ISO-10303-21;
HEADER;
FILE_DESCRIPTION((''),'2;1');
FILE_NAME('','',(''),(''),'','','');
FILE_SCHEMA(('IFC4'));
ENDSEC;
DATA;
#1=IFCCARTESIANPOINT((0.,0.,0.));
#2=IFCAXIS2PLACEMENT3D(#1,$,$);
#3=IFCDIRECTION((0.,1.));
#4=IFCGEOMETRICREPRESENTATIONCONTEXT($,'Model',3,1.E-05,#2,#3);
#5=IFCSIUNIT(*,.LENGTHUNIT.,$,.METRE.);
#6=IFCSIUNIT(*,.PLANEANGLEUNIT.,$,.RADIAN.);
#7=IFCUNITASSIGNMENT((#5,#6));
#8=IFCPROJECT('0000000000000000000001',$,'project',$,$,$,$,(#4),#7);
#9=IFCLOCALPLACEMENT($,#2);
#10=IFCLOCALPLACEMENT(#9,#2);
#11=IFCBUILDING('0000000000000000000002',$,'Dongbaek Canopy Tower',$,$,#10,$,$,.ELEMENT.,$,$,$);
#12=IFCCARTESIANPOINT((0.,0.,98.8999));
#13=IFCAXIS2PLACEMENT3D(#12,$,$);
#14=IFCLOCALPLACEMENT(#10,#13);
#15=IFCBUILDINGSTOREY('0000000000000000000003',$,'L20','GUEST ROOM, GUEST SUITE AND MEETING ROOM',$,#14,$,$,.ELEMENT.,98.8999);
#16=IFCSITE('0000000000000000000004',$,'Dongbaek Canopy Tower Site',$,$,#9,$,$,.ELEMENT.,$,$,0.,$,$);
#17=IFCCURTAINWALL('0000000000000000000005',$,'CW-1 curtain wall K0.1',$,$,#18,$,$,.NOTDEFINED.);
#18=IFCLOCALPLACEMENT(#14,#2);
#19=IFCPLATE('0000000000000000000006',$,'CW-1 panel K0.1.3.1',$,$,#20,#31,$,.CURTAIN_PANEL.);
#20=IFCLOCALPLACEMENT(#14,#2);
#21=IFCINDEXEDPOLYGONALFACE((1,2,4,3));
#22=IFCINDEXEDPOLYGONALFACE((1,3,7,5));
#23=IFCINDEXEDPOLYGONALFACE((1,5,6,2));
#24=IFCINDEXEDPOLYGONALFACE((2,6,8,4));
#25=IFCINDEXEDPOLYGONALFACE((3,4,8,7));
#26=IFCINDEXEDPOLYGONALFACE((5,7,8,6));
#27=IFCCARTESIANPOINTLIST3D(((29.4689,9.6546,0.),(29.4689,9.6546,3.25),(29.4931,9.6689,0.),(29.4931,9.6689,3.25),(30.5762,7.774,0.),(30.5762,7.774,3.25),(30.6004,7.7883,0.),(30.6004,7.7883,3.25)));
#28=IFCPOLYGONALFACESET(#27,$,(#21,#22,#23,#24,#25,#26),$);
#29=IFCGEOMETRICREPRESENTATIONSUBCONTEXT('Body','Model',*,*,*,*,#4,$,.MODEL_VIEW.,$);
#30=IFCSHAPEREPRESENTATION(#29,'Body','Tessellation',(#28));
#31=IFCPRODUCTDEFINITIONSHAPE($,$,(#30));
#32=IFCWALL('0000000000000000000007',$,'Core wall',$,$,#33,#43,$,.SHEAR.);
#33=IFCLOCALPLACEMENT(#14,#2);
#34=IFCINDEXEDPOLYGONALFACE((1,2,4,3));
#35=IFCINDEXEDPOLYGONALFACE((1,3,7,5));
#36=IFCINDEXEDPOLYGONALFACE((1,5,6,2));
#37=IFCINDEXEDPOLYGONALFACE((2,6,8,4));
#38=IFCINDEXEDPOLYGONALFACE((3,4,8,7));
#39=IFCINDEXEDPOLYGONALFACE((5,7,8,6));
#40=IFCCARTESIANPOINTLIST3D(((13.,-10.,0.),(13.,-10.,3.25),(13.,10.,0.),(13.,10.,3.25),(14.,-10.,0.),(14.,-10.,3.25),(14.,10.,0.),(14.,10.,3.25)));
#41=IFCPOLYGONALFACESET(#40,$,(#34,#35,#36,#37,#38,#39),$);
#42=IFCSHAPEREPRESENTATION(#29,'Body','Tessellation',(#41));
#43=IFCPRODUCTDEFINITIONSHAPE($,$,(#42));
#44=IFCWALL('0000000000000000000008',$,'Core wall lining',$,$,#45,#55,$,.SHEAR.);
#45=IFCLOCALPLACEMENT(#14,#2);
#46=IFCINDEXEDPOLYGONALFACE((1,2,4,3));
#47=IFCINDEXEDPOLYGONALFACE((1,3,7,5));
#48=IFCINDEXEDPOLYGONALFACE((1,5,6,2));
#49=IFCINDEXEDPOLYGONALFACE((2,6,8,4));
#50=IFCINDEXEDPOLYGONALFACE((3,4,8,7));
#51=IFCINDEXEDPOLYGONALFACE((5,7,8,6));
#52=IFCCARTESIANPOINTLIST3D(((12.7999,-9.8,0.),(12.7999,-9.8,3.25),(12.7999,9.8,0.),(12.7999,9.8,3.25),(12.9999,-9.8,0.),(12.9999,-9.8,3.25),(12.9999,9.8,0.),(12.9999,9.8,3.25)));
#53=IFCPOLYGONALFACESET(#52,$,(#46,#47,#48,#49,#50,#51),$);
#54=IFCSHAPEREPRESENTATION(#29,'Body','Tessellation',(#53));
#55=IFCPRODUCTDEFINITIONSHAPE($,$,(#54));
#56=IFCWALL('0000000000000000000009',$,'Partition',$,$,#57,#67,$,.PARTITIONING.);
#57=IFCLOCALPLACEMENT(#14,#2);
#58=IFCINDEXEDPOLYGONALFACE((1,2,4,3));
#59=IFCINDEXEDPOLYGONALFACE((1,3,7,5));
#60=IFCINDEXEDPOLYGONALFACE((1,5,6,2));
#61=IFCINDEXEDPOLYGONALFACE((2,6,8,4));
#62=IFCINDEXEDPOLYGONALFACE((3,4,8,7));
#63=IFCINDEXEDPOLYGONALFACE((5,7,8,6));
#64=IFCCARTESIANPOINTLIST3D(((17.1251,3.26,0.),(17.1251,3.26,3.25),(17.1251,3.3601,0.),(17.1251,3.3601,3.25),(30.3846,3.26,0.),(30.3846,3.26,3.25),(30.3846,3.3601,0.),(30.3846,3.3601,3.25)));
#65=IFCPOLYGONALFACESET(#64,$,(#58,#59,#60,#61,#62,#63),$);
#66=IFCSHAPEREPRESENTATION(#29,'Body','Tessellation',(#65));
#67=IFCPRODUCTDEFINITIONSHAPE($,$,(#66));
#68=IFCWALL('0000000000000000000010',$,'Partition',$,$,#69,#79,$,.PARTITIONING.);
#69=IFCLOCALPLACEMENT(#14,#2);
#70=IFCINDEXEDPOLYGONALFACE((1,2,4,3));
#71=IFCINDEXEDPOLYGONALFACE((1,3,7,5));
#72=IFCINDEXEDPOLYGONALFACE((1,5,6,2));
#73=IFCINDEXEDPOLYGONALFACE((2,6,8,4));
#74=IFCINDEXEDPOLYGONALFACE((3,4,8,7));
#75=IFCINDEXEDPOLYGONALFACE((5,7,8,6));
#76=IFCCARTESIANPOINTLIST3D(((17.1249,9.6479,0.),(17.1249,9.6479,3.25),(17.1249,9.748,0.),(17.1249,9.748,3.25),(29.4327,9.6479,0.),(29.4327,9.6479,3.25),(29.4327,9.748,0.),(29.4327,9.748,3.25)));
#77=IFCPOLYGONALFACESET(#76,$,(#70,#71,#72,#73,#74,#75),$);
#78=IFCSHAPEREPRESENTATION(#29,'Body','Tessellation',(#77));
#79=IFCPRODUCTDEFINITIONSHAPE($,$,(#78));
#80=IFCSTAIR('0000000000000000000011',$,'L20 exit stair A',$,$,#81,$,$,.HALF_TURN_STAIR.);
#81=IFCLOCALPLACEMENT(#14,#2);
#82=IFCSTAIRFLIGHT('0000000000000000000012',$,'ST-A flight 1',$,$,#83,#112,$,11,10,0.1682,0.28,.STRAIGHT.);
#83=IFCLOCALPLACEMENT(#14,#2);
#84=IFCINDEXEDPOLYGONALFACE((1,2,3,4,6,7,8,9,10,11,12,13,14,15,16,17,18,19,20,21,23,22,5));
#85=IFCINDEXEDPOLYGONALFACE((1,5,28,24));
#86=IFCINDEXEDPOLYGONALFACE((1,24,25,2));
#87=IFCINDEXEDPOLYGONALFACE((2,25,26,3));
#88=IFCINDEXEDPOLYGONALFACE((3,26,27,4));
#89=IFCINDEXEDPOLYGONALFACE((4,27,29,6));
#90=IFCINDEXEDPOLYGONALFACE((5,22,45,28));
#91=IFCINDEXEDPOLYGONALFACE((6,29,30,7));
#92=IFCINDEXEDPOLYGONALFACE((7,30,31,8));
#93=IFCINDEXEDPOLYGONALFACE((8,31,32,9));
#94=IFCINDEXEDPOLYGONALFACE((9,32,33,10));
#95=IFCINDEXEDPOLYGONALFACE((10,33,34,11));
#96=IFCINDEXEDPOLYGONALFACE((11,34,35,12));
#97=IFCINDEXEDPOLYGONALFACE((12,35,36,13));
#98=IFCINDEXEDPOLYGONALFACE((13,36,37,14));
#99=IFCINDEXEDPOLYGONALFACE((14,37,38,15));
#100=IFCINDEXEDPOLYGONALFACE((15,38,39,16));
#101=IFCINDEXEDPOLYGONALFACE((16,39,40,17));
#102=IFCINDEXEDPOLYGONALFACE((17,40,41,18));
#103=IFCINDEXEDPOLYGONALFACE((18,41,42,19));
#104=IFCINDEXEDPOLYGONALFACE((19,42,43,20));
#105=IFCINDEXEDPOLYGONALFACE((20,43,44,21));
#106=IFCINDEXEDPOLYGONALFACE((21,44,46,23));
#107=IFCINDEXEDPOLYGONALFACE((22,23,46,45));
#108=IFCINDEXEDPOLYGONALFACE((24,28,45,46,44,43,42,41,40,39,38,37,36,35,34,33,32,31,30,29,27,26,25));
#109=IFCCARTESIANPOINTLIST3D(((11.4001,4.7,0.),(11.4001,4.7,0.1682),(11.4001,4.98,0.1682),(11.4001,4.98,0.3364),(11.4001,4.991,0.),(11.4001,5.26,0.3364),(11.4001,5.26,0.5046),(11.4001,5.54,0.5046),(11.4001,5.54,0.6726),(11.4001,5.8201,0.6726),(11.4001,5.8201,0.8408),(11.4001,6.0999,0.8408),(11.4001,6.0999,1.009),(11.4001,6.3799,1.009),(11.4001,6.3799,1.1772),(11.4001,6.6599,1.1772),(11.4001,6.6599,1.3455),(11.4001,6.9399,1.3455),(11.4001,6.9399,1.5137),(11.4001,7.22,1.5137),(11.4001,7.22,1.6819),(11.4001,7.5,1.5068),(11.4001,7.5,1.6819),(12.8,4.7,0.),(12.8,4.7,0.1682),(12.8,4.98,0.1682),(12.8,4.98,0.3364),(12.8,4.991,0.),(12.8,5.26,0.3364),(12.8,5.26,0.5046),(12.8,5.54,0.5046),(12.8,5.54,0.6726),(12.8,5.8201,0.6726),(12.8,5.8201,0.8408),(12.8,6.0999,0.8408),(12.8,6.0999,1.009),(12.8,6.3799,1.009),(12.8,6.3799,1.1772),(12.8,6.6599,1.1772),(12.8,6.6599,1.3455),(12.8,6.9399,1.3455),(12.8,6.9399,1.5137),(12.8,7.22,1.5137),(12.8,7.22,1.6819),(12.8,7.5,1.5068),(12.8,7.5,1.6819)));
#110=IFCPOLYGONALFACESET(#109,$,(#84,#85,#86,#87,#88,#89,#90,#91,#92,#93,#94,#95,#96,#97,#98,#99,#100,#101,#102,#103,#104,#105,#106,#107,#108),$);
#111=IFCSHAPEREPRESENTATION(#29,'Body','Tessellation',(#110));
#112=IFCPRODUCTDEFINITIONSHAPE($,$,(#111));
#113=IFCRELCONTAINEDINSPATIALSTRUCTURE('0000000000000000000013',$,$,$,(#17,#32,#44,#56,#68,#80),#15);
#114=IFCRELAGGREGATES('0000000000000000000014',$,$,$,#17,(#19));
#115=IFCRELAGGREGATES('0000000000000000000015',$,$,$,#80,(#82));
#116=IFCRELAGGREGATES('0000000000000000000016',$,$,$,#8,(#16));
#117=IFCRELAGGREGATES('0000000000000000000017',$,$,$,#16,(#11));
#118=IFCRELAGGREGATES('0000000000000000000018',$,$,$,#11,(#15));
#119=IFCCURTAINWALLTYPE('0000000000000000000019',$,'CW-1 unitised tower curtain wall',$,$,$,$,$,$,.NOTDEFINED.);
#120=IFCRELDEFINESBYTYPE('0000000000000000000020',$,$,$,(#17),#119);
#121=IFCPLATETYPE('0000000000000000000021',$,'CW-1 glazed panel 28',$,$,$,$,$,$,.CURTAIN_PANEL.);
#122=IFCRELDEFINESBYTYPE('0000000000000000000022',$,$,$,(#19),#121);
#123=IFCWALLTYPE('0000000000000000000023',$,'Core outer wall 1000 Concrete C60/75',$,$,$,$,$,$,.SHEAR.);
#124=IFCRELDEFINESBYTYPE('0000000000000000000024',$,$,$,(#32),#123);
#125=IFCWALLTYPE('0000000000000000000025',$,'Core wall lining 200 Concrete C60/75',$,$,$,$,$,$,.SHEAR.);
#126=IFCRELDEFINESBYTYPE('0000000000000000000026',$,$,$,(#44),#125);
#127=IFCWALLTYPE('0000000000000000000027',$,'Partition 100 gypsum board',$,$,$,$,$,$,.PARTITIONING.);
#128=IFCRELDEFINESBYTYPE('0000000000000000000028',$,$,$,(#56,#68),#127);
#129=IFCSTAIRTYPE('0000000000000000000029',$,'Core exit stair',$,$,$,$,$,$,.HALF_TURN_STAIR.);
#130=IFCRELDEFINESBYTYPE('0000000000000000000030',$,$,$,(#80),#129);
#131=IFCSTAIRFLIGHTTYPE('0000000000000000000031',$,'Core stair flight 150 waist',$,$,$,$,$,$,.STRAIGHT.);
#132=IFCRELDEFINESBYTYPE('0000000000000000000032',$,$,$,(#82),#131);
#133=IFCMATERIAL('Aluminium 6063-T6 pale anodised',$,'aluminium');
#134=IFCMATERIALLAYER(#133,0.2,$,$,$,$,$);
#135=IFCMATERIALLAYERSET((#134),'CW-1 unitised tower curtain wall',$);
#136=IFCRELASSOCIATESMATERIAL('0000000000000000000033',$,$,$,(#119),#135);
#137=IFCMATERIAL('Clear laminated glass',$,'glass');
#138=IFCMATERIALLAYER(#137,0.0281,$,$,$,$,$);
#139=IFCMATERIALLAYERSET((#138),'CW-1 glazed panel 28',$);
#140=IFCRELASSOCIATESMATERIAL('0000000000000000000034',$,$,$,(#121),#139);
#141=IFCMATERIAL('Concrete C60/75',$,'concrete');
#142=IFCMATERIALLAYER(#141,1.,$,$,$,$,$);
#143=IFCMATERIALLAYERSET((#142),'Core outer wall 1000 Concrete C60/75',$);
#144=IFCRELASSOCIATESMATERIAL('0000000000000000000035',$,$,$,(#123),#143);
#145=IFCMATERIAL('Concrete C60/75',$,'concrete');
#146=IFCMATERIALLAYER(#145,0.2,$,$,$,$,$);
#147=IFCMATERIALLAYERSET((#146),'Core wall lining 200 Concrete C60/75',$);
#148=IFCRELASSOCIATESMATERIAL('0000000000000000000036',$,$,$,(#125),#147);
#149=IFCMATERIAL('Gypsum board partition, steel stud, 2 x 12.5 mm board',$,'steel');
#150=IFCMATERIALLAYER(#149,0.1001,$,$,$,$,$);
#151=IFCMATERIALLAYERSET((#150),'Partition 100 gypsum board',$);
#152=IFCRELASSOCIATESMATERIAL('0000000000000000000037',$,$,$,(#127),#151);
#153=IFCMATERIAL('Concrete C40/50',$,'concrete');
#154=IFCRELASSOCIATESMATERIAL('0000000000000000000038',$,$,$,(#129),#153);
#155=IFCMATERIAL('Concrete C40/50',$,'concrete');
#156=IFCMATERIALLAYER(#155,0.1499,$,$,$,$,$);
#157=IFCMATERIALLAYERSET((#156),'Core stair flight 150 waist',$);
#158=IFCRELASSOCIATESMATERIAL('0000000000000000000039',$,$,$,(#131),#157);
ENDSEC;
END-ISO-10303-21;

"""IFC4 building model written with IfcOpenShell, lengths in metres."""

from ifc_helpers import new_model, si_unit, direction, frame, frame_2d, origin, origin_2d, place, context, subcontext, project, spatial, polyline, rectangle, outline, extrude, material, layer, layer_set, type_object, element, aggregate, save


model = new_model("IFC4")

# Units and contexts
model_context = context("Model", 3, precision=1e-05, world=origin(), true_north=direction((0.0, 1.0)))
body_context = subcontext(model_context, "Body", "Model", "MODEL_VIEW")
ifc_project = project(units=[si_unit("LENGTHUNIT", "METRE"), si_unit("PLANEANGLEUNIT", "RADIAN")], contexts=[model_context])

# Site, building, storey
site_placement = place(None, origin())
site = spatial("IfcSite", under=ifc_project, at=site_placement, Name="Dongbaek Canopy Tower Site", CompositionType="ELEMENT", RefElevation=0.0)
building_placement = place(site_placement, origin())
building = spatial("IfcBuilding", under=site, at=building_placement, Name="Dongbaek Canopy Tower", CompositionType="ELEMENT")
storey_placement = place(building_placement, frame((0.0, 0.0, 98.8999)))
storey = spatial("IfcBuildingStorey", under=building, at=storey_placement, Name="L20", Description="GUEST ROOM, GUEST SUITE AND MEETING ROOM", CompositionType="ELEMENT", Elevation=98.8999)

# Curtain wall
ifc_material_1 = material(Name="Aluminium 6063-T6 pale anodised", Category="aluminium")
ifc_layer_1 = layer(ifc_material_1, 0.2)
ifc_layer_set_1 = layer_set([ifc_layer_1], Name="CW-1 unitised tower curtain wall")
curtain_wall_type = type_object("IfcCurtainWallType", Name="CW-1 unitised tower curtain wall", PredefinedType="NOTDEFINED", material=ifc_layer_set_1)
curtain_wall_placement = place(storey_placement, origin())
curtain_wall = element("IfcCurtainWall", 1, at=curtain_wall_placement, inside=storey, type_object=curtain_wall_type, Name="CW-1 curtain wall K0.1", PredefinedType="NOTDEFINED")

# Plate
ifc_material_2 = material(Name="Clear laminated glass", Category="glass")
ifc_layer_2 = layer(ifc_material_2, 0.0281)
ifc_layer_set_2 = layer_set([ifc_layer_2], Name="CW-1 glazed panel 28")
plate_type = type_object("IfcPlateType", Name="CW-1 glazed panel 28", PredefinedType="CURTAIN_PANEL", material=ifc_layer_set_2)
plate_1_placement = place(storey_placement, frame((30.0347, 8.7214, 0.0), z_axis=(0.0, 0.0, 1.0), x_axis=(-0.507378, 0.861723, 0.0)))
plate_1 = element("IfcPlate", 2, at=plate_1_placement, type_object=plate_type, Name="CW-1 panel K0.1.3.1", PredefinedType="CURTAIN_PANEL", context=body_context, shape_type="SweptSolid", body=[
    extrude(rectangle(XDim=2.1824, YDim=0.0281, at=origin_2d()), origin(), (0.0, 0.0, 1.0), 3.25),
])
aggregate(curtain_wall, [plate_1])

# Walls
ifc_material_3 = material(Name="Concrete C60/75", Category="concrete")
ifc_layer_3 = layer(ifc_material_3, 1.0)
ifc_layer_set_3 = layer_set([ifc_layer_3], Name="Core outer wall 1000 Concrete C60/75")
wall_type_1 = type_object("IfcWallType", Name="Core outer wall 1000 Concrete C60/75", PredefinedType="SHEAR", material=ifc_layer_set_3)
wall_1_placement = place(storey_placement, frame((13.5, 10.0, 0.0), z_axis=(0.0, 0.0, 1.0), x_axis=(0.0, -1.0, 0.0)))
element("IfcWall", 3, at=wall_1_placement, inside=storey, type_object=wall_type_1, Name="Core wall", PredefinedType="SHEAR", context=body_context, shape_type="SweptSolid", body=[
    extrude(rectangle(XDim=20.0, YDim=1.0, at=frame_2d((10.0, 0.0))), origin(), (0.0, 0.0, 1.0), 3.25),
])
ifc_material_4 = material(Name="Concrete C60/75", Category="concrete")
ifc_layer_4 = layer(ifc_material_4, 0.2)
ifc_layer_set_4 = layer_set([ifc_layer_4], Name="Core wall lining 200 Concrete C60/75")
wall_type_2 = type_object("IfcWallType", Name="Core wall lining 200 Concrete C60/75", PredefinedType="SHEAR", material=ifc_layer_set_4)
wall_2_placement = place(storey_placement, frame((12.8999, 9.8, 0.0), z_axis=(0.0, 0.0, 1.0), x_axis=(0.0, -1.0, 0.0)))
element("IfcWall", 4, at=wall_2_placement, inside=storey, type_object=wall_type_2, Name="Core wall lining", PredefinedType="SHEAR", context=body_context, shape_type="SweptSolid", body=[
    extrude(rectangle(XDim=19.6001, YDim=0.2, at=frame_2d((9.8, 0.0))), origin(), (0.0, 0.0, 1.0), 3.25),
])
ifc_material_5 = material(Name="Gypsum board partition, steel stud, 2 x 12.5 mm board", Category="steel")
ifc_layer_5 = layer(ifc_material_5, 0.1001)
ifc_layer_set_5 = layer_set([ifc_layer_5], Name="Partition 100 gypsum board")
wall_type_3 = type_object("IfcWallType", Name="Partition 100 gypsum board", PredefinedType="PARTITIONING", material=ifc_layer_set_5)
wall_3_placement = place(storey_placement, frame((17.125, 3.3101, 0.0), z_axis=(0.0, 0.0, 1.0), x_axis=(1.0, 0.0, 0.0)))
element("IfcWall", 5, at=wall_3_placement, inside=storey, type_object=wall_type_3, Name="Partition", PredefinedType="PARTITIONING", context=body_context, shape_type="SweptSolid", body=[
    extrude(rectangle(XDim=13.2595, YDim=0.1001, at=frame_2d((6.6299, 0.0))), origin(), (0.0, 0.0, 1.0), 3.25),
])
wall_4_placement = place(storey_placement, frame((17.125, 9.698, 0.0), z_axis=(0.0, 0.0, 1.0), x_axis=(1.0, 0.0, 0.0)))
element("IfcWall", 6, at=wall_4_placement, inside=storey, type_object=wall_type_3, Name="Partition", PredefinedType="PARTITIONING", context=body_context, shape_type="SweptSolid", body=[
    extrude(rectangle(XDim=12.3079, YDim=0.1001, at=frame_2d((6.1538, 0.0))), origin(), (0.0, 0.0, 1.0), 3.25),
])

# Stair, stair flight
ifc_material_6 = material(Name="Concrete C40/50", Category="concrete")
stair_type = type_object("IfcStairType", Name="Core exit stair", PredefinedType="HALF_TURN_STAIR", material=ifc_material_6)
stair_placement = place(storey_placement, origin())
stair = element("IfcStair", 7, at=stair_placement, inside=storey, type_object=stair_type, Name="L20 exit stair A", PredefinedType="HALF_TURN_STAIR")
ifc_material_7 = material(Name="Concrete C40/50", Category="concrete")
ifc_layer_6 = layer(ifc_material_7, 0.1499)
ifc_layer_set_6 = layer_set([ifc_layer_6], Name="Core stair flight 150 waist")
stair_flight_type = type_object("IfcStairFlightType", Name="Core stair flight 150 waist", PredefinedType="STRAIGHT", material=ifc_layer_set_6)
stair_flight_placement = place(storey_placement, frame((12.1001, 4.7, 0.0), z_axis=(0.0, 0.0, 1.0), x_axis=(0.0, 1.0, 0.0)))
stair_flight = element("IfcStairFlight", 8, at=stair_flight_placement, type_object=stair_flight_type, Name="ST-A flight 1", NumberOfRisers=11, NumberOfTreads=10, PredefinedType="STRAIGHT", RiserHeight=0.1682, TreadLength=0.28, context=body_context, shape_type="SweptSolid", body=[
    extrude(outline(polyline([(0.0, 0.0), (0.0, 0.1682), (0.28, 0.1682), (0.28, 0.3364), (0.5601, 0.3364), (0.5601, 0.5046), (0.8401, 0.5046), (0.8401, 0.6726), (1.1201, 0.6726), (1.1201, 0.8408), (1.3999, 0.8408), (1.3999, 1.009), (1.6799, 1.009), (1.6799, 1.1772), (1.96, 1.1772), (1.96, 1.3455), (2.24, 1.3455), (2.24, 1.5137), (2.52, 1.5137), (2.52, 1.6819), (2.8, 1.6819), (2.8, 1.8501), (2.8, 1.5068), (0.291, 0.0), (0.0, 0.0)])), frame((0.0, 0.7, 0.0), z_axis=(0.0, -1.0, 0.0), x_axis=(1.0, 0.0, 0.0)), (0.0, 0.0, 1.0), 1.3999),
])
aggregate(stair, [stair_flight])

save(model, "model.ifc")
